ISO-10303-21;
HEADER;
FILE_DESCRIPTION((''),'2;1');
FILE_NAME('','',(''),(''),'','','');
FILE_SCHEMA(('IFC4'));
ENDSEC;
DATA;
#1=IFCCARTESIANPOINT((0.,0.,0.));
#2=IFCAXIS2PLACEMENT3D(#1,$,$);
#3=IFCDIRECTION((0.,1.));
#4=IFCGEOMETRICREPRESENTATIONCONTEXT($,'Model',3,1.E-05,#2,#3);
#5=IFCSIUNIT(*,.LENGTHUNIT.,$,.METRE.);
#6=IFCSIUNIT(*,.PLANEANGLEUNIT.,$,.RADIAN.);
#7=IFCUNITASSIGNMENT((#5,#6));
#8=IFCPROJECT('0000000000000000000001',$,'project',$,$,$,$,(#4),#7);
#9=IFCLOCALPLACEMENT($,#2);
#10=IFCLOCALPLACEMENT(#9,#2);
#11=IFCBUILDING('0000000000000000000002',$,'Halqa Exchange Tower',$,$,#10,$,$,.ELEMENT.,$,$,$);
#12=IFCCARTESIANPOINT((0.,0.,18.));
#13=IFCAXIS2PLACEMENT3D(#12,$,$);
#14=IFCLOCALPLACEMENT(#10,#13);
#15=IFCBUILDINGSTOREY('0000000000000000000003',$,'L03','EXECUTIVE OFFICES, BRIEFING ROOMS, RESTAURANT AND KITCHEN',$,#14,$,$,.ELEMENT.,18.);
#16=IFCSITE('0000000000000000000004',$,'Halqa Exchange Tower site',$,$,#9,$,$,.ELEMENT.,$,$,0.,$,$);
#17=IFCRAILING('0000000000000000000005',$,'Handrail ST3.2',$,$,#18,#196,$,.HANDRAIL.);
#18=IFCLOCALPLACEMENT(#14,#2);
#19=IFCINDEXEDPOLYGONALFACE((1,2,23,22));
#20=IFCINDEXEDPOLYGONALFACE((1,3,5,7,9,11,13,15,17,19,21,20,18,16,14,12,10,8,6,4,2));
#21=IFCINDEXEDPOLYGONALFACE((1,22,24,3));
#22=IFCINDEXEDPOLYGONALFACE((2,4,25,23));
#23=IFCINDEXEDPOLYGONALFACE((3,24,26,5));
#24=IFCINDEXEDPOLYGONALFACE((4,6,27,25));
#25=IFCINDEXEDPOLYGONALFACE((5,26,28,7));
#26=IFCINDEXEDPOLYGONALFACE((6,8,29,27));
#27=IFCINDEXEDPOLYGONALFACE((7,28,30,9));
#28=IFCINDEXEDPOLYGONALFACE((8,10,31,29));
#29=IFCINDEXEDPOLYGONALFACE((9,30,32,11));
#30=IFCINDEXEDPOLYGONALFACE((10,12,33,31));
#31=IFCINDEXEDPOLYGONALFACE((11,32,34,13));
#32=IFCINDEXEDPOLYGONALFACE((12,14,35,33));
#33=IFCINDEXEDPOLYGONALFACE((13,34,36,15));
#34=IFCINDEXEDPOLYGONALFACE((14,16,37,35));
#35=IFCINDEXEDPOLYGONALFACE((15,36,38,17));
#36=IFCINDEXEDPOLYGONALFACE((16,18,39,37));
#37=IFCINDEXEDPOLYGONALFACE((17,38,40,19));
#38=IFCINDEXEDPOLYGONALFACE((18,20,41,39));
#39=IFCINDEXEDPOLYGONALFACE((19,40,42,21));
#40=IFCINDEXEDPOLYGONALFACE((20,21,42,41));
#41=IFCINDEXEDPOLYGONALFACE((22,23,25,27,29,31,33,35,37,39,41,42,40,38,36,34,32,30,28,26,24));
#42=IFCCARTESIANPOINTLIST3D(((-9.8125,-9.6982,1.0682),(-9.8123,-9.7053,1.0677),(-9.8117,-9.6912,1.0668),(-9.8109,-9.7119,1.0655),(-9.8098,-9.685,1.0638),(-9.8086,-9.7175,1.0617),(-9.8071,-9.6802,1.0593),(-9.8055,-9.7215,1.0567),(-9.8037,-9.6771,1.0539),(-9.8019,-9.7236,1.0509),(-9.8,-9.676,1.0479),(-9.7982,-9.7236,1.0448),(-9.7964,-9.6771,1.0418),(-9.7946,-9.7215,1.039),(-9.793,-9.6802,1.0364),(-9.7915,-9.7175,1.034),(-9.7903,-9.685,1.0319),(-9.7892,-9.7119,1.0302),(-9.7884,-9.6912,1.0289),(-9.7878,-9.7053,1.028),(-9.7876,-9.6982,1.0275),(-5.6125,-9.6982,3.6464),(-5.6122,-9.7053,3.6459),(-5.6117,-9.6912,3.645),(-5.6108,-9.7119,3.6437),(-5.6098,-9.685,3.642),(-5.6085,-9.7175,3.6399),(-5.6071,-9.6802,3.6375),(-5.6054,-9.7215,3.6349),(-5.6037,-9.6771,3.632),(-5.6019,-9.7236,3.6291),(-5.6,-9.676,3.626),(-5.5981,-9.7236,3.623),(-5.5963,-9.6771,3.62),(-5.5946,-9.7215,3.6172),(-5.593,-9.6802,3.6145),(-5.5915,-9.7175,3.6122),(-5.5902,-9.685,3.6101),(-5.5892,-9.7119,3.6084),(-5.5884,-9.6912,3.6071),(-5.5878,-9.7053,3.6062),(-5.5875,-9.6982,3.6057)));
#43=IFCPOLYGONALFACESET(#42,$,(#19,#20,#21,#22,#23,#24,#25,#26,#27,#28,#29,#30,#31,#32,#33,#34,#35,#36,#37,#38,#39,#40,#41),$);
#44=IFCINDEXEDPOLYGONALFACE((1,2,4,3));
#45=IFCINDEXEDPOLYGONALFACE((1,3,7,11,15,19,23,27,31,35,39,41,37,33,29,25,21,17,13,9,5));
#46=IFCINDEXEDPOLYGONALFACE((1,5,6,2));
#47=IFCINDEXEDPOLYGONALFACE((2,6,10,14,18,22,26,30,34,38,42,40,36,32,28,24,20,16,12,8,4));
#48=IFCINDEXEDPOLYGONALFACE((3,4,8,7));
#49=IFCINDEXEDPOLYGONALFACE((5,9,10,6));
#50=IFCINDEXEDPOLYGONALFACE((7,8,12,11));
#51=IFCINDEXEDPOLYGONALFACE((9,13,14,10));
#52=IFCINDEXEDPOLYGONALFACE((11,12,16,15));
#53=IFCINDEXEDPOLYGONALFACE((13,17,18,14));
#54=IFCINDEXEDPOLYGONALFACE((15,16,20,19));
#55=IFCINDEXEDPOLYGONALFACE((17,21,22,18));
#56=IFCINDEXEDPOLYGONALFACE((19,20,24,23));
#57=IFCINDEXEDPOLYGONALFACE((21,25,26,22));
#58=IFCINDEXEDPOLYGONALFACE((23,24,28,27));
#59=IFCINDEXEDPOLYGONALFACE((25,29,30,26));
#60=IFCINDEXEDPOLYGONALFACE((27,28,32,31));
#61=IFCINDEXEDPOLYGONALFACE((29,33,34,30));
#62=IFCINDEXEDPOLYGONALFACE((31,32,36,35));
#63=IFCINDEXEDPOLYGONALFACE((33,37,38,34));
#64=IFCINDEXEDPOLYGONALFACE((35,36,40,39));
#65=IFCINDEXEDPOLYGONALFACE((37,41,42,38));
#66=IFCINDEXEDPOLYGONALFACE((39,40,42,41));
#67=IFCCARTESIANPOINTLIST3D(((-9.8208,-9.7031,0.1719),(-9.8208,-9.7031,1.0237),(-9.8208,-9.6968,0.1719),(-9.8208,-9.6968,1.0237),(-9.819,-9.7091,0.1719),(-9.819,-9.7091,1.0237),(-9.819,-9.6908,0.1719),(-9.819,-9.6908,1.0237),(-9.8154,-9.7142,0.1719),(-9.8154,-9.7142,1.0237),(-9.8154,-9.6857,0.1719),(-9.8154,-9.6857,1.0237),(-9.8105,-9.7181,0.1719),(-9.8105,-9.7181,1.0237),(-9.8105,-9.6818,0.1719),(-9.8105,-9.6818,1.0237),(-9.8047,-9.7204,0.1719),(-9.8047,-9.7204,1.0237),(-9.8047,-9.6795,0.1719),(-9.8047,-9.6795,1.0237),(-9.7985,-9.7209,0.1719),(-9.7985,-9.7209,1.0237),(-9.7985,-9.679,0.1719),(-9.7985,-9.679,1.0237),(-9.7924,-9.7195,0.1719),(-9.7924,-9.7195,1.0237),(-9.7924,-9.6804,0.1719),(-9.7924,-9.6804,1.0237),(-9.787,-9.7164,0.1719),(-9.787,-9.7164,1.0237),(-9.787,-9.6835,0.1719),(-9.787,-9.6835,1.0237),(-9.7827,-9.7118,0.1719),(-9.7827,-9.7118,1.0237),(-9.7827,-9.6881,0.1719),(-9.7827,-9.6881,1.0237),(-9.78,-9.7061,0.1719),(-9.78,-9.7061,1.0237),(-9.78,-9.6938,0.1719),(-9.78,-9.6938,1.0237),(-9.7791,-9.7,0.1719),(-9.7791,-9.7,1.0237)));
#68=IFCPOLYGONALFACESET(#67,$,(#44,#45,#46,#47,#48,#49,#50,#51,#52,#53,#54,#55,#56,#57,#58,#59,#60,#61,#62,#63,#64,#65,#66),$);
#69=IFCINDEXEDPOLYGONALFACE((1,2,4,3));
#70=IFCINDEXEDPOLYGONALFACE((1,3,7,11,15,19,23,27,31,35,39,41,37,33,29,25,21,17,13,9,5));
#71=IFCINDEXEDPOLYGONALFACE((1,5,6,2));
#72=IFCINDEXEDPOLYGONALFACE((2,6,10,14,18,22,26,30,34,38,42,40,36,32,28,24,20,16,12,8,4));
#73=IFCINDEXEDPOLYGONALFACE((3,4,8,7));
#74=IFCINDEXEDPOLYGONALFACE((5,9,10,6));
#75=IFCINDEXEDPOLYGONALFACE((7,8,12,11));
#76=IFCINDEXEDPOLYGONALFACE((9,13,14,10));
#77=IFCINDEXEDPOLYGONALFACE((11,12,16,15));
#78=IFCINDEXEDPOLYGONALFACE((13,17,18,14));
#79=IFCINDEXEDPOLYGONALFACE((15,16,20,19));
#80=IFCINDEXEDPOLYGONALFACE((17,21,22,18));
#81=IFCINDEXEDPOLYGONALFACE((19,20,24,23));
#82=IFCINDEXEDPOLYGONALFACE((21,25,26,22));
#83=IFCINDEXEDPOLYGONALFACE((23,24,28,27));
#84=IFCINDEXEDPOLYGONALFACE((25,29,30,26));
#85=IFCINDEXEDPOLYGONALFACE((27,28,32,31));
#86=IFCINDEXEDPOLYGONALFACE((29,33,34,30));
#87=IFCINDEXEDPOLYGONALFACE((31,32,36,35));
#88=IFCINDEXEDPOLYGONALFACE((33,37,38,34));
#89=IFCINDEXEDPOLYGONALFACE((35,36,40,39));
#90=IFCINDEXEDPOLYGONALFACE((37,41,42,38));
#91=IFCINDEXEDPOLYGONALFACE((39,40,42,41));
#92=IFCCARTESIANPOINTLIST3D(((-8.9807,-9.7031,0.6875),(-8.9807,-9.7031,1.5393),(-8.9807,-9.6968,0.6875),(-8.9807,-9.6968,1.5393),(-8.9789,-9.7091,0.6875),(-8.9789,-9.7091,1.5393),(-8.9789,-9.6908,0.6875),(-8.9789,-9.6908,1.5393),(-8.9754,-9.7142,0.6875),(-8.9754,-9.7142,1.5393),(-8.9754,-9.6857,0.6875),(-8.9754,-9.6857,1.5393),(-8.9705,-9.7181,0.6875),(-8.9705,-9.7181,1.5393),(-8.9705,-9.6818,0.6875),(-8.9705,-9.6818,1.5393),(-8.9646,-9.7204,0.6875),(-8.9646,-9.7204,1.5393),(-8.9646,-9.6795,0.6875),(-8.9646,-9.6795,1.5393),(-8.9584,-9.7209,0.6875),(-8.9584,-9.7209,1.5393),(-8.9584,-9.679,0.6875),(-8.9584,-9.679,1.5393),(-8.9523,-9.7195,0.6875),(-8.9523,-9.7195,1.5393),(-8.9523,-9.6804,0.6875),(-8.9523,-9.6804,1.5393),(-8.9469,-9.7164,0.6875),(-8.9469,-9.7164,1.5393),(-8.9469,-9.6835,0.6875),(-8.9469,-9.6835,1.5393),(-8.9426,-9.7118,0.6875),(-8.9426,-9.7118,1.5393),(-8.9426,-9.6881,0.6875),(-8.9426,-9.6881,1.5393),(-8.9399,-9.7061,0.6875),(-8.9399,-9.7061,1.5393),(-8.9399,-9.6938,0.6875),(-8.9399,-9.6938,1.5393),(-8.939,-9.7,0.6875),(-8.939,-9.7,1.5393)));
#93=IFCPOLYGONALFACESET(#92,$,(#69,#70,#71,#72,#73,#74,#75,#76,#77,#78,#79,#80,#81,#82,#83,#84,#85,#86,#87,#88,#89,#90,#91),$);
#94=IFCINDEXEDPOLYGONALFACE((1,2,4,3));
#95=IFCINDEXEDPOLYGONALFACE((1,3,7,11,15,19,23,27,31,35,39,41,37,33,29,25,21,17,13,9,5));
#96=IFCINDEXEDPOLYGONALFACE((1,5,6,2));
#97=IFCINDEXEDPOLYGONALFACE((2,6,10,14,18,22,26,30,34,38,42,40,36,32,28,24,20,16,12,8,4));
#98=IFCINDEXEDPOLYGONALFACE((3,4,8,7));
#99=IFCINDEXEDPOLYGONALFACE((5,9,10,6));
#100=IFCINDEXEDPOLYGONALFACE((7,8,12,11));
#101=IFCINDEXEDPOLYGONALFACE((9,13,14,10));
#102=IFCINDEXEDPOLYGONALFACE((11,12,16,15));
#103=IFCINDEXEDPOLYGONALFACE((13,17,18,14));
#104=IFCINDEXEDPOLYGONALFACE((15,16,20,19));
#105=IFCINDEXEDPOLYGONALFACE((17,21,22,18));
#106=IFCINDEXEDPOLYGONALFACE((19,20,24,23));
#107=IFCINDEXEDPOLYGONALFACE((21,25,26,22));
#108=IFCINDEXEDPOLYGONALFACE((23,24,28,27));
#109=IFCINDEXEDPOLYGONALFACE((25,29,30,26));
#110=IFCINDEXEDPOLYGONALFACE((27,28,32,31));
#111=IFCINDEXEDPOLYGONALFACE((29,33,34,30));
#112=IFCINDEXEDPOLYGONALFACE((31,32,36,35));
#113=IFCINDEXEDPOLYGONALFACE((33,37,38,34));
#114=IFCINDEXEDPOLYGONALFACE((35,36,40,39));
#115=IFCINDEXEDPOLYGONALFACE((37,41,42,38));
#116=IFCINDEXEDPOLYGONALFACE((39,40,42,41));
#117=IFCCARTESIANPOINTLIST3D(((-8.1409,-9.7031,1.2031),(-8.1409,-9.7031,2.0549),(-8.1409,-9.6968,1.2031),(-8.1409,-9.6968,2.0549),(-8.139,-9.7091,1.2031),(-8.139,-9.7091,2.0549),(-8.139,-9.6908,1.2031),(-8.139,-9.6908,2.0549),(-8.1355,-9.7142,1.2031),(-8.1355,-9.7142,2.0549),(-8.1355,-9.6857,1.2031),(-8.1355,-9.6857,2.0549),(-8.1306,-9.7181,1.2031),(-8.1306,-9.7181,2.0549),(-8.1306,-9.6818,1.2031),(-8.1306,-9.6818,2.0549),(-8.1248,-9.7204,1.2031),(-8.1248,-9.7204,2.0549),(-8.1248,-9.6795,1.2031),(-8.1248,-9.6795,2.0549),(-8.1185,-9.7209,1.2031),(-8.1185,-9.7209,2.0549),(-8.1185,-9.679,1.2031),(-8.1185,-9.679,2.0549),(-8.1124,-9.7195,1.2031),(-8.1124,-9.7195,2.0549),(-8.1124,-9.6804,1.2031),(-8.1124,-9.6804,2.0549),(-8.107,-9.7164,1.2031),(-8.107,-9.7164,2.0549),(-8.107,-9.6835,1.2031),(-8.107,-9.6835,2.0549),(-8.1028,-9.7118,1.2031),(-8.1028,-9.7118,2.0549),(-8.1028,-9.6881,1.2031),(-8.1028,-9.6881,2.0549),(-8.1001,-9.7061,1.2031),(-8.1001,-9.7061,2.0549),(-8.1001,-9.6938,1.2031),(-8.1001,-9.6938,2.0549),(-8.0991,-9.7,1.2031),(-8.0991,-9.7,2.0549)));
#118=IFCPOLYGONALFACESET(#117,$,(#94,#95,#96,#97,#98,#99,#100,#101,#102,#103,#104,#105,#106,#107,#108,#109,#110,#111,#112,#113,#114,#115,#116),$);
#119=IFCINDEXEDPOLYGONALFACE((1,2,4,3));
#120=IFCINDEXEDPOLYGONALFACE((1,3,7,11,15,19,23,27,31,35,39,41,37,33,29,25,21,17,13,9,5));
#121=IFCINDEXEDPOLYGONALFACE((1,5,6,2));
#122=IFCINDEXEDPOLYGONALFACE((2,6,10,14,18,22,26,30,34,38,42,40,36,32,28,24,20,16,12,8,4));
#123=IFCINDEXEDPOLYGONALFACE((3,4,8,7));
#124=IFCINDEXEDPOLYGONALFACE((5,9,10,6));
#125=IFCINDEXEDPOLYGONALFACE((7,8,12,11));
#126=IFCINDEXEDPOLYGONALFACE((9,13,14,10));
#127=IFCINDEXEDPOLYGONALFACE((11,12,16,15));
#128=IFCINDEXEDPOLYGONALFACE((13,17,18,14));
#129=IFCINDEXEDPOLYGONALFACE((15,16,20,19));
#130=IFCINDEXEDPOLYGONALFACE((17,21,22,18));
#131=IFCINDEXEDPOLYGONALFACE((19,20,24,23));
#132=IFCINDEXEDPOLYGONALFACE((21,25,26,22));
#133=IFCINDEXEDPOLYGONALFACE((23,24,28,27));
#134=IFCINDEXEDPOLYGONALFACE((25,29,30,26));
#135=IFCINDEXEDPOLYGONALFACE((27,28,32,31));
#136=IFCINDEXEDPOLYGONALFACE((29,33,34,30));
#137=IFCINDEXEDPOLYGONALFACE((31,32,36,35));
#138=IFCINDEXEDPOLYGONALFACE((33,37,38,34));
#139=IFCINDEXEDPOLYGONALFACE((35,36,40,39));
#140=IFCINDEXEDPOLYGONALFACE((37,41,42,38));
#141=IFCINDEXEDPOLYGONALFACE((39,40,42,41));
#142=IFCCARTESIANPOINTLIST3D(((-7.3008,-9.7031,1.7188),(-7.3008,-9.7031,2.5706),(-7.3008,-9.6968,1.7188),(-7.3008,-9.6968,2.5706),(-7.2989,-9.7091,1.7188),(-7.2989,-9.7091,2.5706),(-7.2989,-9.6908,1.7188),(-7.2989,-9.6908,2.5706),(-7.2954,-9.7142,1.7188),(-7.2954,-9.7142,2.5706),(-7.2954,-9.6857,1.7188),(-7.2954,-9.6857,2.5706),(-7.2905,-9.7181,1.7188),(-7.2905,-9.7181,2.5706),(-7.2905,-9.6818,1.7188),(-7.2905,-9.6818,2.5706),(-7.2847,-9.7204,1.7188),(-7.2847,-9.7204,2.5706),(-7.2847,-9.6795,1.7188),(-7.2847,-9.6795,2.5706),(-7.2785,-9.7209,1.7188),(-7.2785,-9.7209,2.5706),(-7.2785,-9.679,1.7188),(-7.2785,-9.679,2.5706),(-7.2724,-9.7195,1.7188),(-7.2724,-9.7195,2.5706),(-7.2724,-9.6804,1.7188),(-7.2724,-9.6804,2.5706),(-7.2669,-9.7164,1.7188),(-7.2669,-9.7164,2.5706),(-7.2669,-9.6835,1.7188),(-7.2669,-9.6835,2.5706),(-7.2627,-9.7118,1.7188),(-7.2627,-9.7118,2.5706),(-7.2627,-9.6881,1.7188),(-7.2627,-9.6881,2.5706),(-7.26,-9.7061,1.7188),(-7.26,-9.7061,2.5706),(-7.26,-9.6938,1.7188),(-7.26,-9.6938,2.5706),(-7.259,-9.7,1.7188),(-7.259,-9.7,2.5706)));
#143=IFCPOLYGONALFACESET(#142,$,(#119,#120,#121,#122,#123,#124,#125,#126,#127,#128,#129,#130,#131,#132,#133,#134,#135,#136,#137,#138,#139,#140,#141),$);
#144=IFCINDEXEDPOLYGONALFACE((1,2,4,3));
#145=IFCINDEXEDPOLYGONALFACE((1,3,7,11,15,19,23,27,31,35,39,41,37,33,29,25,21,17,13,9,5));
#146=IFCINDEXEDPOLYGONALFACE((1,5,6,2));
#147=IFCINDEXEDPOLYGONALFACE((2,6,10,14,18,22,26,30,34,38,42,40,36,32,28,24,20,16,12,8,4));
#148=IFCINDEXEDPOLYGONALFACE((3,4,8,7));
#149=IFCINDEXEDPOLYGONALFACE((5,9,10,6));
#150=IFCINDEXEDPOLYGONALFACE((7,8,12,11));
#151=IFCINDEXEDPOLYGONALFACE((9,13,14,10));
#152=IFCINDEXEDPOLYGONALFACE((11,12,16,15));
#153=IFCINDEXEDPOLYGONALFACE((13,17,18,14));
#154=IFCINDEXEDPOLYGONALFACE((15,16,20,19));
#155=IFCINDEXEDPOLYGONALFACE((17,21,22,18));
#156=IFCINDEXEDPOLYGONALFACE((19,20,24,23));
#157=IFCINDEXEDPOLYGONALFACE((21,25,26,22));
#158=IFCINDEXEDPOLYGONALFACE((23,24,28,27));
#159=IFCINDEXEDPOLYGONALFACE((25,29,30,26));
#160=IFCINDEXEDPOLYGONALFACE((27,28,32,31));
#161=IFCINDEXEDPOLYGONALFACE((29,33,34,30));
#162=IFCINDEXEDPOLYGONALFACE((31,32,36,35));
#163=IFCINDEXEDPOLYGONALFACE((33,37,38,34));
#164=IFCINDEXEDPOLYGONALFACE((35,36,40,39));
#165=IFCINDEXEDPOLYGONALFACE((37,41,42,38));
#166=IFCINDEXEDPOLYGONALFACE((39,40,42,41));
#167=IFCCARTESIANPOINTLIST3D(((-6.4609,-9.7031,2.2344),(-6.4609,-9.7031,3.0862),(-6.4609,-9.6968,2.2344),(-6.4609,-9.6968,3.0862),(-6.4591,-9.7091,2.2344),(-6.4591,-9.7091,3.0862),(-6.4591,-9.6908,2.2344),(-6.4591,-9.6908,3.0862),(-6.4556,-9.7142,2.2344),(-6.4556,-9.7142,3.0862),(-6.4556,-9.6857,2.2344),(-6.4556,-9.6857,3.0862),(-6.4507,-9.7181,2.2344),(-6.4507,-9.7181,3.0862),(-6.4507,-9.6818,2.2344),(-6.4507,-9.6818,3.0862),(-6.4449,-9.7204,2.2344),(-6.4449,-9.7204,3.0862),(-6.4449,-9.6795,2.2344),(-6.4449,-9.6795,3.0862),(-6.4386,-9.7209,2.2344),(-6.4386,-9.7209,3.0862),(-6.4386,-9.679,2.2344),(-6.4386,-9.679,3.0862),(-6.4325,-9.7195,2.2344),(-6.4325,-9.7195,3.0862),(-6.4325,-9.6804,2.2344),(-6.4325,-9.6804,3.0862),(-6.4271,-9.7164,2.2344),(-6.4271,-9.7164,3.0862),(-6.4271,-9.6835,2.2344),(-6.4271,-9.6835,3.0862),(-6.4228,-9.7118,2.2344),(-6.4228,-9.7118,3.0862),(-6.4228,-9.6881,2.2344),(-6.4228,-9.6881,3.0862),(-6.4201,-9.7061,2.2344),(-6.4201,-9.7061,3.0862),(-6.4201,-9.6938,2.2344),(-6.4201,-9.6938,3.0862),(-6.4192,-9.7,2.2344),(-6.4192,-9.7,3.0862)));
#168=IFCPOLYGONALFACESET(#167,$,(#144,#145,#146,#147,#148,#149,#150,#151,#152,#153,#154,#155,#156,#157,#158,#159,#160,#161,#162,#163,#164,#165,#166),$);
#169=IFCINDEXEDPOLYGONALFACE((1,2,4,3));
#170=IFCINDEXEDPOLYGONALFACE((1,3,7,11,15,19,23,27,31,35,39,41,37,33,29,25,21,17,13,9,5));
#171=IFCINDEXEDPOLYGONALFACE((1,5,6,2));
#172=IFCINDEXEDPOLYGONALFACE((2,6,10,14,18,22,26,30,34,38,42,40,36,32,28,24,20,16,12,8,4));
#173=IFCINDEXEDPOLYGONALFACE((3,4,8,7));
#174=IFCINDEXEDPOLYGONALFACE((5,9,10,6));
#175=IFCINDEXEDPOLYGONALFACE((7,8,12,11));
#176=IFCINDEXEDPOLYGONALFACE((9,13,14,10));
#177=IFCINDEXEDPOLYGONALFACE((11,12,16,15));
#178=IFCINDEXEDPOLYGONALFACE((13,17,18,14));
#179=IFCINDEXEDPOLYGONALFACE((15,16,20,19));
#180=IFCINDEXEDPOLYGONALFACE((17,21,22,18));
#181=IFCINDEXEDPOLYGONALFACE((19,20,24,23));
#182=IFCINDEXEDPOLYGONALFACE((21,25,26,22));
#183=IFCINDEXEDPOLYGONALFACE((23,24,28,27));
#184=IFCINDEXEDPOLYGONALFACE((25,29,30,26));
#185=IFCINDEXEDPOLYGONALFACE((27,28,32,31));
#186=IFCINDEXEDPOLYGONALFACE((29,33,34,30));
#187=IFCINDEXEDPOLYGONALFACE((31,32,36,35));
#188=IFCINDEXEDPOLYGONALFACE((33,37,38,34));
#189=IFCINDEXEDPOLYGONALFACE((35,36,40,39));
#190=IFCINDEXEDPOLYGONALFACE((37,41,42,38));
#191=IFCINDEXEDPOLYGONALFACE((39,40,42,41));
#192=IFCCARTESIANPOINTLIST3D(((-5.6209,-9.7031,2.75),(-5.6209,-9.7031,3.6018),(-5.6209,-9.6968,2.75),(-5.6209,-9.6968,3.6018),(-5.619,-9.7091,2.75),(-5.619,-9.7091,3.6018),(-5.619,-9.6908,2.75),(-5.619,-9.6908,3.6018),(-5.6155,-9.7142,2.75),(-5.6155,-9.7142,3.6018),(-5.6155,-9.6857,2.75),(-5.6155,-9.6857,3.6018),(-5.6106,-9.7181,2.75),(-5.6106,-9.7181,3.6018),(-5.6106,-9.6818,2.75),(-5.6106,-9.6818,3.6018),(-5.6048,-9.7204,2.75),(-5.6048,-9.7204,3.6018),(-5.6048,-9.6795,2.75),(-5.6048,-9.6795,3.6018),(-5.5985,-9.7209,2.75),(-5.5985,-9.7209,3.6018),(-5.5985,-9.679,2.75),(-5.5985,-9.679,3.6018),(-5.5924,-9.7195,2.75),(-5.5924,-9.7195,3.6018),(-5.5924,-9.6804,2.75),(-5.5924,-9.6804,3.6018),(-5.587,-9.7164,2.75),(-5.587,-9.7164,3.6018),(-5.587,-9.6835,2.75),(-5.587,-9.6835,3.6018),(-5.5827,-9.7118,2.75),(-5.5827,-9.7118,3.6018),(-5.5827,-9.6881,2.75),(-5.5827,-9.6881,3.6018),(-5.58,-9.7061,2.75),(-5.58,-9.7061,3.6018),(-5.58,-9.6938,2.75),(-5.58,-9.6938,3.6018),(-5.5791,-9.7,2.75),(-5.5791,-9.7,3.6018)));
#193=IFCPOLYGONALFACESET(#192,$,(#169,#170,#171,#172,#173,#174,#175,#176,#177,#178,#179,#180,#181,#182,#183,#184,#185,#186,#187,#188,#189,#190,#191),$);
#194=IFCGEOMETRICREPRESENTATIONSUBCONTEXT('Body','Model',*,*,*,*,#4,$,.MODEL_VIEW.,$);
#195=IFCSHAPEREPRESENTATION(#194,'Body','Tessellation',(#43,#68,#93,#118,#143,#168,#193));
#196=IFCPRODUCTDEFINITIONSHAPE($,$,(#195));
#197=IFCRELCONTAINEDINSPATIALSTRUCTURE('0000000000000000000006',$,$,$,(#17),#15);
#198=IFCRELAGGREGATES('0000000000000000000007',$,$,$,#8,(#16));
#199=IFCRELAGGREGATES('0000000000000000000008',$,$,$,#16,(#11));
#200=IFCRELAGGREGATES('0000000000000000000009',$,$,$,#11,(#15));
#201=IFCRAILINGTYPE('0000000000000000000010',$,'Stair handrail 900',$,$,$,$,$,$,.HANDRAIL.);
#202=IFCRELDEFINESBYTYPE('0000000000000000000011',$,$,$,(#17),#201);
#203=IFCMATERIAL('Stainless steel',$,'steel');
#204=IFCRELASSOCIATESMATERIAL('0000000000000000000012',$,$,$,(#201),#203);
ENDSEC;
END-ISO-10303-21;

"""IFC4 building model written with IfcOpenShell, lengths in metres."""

from ifc_helpers import new_model, si_unit, direction, frame, origin, origin_2d, place, context, subcontext, project, spatial, circle, extrude, material, type_object, element, save


model = new_model("IFC4")

# Units and contexts
model_context = context("Model", 3, precision=1e-05, world=origin(), true_north=direction((0.0, 1.0)))
body_context = subcontext(model_context, "Body", "Model", "MODEL_VIEW")
ifc_project = project(units=[si_unit("LENGTHUNIT", "METRE"), si_unit("PLANEANGLEUNIT", "RADIAN")], contexts=[model_context])

# Site, building, storey
site_placement = place(None, origin())
site = spatial("IfcSite", under=ifc_project, at=site_placement, Name="Halqa Exchange Tower site", CompositionType="ELEMENT", RefElevation=0.0)
building_placement = place(site_placement, origin())
building = spatial("IfcBuilding", under=site, at=building_placement, Name="Halqa Exchange Tower", CompositionType="ELEMENT")
storey_placement = place(building_placement, frame((0.0, 0.0, 18.0)))
storey = spatial("IfcBuildingStorey", under=building, at=storey_placement, Name="L03", Description="EXECUTIVE OFFICES, BRIEFING ROOMS, RESTAURANT AND KITCHEN", CompositionType="ELEMENT", Elevation=18.0)

# Railing
ifc_material_1 = material(Name="Stainless steel", Category="steel")
railing_type_1 = type_object("IfcRailingType", Name="Stair handrail 900", PredefinedType="HANDRAIL", material=ifc_material_1)
railing_1_placement = place(storey_placement, frame((-9.8, -9.7, 0.1719)))
element("IfcRailing", 1, at=railing_1_placement, inside=storey, type_object=railing_type_1, Name="Handrail ST3.2", PredefinedType="HANDRAIL", context=body_context, shape_type="SweptSolid", body=[
    extrude(circle(Radius=0.0239, at=origin_2d()), frame((0.0, 0.0, 0.876), z_axis=(0.852243, 0.0, 0.523146), x_axis=(0.0, 1.0, 0.0)), (0.0, 0.0, 1.0), 4.9282),
    extrude(circle(Radius=0.021, at=origin_2d()), origin(), (0.0, 0.0, 1.0), 0.8518),
    extrude(circle(Radius=0.021, at=origin_2d()), frame((0.8401, 0.0, 0.5156)), (0.0, 0.0, 1.0), 0.8518),
    extrude(circle(Radius=0.021, at=origin_2d()), frame((1.6799, 0.0, 1.0312)), (0.0, 0.0, 1.0), 0.8518),
    extrude(circle(Radius=0.021, at=origin_2d()), frame((2.52, 0.0, 1.5469)), (0.0, 0.0, 1.0), 0.8518),
    extrude(circle(Radius=0.021, at=origin_2d()), frame((3.3599, 0.0, 2.0625)), (0.0, 0.0, 1.0), 0.8518),
    extrude(circle(Radius=0.021, at=origin_2d()), frame((4.2, 0.0, 2.5781)), (0.0, 0.0, 1.0), 0.8518),
])

save(model, "model.ifc")
